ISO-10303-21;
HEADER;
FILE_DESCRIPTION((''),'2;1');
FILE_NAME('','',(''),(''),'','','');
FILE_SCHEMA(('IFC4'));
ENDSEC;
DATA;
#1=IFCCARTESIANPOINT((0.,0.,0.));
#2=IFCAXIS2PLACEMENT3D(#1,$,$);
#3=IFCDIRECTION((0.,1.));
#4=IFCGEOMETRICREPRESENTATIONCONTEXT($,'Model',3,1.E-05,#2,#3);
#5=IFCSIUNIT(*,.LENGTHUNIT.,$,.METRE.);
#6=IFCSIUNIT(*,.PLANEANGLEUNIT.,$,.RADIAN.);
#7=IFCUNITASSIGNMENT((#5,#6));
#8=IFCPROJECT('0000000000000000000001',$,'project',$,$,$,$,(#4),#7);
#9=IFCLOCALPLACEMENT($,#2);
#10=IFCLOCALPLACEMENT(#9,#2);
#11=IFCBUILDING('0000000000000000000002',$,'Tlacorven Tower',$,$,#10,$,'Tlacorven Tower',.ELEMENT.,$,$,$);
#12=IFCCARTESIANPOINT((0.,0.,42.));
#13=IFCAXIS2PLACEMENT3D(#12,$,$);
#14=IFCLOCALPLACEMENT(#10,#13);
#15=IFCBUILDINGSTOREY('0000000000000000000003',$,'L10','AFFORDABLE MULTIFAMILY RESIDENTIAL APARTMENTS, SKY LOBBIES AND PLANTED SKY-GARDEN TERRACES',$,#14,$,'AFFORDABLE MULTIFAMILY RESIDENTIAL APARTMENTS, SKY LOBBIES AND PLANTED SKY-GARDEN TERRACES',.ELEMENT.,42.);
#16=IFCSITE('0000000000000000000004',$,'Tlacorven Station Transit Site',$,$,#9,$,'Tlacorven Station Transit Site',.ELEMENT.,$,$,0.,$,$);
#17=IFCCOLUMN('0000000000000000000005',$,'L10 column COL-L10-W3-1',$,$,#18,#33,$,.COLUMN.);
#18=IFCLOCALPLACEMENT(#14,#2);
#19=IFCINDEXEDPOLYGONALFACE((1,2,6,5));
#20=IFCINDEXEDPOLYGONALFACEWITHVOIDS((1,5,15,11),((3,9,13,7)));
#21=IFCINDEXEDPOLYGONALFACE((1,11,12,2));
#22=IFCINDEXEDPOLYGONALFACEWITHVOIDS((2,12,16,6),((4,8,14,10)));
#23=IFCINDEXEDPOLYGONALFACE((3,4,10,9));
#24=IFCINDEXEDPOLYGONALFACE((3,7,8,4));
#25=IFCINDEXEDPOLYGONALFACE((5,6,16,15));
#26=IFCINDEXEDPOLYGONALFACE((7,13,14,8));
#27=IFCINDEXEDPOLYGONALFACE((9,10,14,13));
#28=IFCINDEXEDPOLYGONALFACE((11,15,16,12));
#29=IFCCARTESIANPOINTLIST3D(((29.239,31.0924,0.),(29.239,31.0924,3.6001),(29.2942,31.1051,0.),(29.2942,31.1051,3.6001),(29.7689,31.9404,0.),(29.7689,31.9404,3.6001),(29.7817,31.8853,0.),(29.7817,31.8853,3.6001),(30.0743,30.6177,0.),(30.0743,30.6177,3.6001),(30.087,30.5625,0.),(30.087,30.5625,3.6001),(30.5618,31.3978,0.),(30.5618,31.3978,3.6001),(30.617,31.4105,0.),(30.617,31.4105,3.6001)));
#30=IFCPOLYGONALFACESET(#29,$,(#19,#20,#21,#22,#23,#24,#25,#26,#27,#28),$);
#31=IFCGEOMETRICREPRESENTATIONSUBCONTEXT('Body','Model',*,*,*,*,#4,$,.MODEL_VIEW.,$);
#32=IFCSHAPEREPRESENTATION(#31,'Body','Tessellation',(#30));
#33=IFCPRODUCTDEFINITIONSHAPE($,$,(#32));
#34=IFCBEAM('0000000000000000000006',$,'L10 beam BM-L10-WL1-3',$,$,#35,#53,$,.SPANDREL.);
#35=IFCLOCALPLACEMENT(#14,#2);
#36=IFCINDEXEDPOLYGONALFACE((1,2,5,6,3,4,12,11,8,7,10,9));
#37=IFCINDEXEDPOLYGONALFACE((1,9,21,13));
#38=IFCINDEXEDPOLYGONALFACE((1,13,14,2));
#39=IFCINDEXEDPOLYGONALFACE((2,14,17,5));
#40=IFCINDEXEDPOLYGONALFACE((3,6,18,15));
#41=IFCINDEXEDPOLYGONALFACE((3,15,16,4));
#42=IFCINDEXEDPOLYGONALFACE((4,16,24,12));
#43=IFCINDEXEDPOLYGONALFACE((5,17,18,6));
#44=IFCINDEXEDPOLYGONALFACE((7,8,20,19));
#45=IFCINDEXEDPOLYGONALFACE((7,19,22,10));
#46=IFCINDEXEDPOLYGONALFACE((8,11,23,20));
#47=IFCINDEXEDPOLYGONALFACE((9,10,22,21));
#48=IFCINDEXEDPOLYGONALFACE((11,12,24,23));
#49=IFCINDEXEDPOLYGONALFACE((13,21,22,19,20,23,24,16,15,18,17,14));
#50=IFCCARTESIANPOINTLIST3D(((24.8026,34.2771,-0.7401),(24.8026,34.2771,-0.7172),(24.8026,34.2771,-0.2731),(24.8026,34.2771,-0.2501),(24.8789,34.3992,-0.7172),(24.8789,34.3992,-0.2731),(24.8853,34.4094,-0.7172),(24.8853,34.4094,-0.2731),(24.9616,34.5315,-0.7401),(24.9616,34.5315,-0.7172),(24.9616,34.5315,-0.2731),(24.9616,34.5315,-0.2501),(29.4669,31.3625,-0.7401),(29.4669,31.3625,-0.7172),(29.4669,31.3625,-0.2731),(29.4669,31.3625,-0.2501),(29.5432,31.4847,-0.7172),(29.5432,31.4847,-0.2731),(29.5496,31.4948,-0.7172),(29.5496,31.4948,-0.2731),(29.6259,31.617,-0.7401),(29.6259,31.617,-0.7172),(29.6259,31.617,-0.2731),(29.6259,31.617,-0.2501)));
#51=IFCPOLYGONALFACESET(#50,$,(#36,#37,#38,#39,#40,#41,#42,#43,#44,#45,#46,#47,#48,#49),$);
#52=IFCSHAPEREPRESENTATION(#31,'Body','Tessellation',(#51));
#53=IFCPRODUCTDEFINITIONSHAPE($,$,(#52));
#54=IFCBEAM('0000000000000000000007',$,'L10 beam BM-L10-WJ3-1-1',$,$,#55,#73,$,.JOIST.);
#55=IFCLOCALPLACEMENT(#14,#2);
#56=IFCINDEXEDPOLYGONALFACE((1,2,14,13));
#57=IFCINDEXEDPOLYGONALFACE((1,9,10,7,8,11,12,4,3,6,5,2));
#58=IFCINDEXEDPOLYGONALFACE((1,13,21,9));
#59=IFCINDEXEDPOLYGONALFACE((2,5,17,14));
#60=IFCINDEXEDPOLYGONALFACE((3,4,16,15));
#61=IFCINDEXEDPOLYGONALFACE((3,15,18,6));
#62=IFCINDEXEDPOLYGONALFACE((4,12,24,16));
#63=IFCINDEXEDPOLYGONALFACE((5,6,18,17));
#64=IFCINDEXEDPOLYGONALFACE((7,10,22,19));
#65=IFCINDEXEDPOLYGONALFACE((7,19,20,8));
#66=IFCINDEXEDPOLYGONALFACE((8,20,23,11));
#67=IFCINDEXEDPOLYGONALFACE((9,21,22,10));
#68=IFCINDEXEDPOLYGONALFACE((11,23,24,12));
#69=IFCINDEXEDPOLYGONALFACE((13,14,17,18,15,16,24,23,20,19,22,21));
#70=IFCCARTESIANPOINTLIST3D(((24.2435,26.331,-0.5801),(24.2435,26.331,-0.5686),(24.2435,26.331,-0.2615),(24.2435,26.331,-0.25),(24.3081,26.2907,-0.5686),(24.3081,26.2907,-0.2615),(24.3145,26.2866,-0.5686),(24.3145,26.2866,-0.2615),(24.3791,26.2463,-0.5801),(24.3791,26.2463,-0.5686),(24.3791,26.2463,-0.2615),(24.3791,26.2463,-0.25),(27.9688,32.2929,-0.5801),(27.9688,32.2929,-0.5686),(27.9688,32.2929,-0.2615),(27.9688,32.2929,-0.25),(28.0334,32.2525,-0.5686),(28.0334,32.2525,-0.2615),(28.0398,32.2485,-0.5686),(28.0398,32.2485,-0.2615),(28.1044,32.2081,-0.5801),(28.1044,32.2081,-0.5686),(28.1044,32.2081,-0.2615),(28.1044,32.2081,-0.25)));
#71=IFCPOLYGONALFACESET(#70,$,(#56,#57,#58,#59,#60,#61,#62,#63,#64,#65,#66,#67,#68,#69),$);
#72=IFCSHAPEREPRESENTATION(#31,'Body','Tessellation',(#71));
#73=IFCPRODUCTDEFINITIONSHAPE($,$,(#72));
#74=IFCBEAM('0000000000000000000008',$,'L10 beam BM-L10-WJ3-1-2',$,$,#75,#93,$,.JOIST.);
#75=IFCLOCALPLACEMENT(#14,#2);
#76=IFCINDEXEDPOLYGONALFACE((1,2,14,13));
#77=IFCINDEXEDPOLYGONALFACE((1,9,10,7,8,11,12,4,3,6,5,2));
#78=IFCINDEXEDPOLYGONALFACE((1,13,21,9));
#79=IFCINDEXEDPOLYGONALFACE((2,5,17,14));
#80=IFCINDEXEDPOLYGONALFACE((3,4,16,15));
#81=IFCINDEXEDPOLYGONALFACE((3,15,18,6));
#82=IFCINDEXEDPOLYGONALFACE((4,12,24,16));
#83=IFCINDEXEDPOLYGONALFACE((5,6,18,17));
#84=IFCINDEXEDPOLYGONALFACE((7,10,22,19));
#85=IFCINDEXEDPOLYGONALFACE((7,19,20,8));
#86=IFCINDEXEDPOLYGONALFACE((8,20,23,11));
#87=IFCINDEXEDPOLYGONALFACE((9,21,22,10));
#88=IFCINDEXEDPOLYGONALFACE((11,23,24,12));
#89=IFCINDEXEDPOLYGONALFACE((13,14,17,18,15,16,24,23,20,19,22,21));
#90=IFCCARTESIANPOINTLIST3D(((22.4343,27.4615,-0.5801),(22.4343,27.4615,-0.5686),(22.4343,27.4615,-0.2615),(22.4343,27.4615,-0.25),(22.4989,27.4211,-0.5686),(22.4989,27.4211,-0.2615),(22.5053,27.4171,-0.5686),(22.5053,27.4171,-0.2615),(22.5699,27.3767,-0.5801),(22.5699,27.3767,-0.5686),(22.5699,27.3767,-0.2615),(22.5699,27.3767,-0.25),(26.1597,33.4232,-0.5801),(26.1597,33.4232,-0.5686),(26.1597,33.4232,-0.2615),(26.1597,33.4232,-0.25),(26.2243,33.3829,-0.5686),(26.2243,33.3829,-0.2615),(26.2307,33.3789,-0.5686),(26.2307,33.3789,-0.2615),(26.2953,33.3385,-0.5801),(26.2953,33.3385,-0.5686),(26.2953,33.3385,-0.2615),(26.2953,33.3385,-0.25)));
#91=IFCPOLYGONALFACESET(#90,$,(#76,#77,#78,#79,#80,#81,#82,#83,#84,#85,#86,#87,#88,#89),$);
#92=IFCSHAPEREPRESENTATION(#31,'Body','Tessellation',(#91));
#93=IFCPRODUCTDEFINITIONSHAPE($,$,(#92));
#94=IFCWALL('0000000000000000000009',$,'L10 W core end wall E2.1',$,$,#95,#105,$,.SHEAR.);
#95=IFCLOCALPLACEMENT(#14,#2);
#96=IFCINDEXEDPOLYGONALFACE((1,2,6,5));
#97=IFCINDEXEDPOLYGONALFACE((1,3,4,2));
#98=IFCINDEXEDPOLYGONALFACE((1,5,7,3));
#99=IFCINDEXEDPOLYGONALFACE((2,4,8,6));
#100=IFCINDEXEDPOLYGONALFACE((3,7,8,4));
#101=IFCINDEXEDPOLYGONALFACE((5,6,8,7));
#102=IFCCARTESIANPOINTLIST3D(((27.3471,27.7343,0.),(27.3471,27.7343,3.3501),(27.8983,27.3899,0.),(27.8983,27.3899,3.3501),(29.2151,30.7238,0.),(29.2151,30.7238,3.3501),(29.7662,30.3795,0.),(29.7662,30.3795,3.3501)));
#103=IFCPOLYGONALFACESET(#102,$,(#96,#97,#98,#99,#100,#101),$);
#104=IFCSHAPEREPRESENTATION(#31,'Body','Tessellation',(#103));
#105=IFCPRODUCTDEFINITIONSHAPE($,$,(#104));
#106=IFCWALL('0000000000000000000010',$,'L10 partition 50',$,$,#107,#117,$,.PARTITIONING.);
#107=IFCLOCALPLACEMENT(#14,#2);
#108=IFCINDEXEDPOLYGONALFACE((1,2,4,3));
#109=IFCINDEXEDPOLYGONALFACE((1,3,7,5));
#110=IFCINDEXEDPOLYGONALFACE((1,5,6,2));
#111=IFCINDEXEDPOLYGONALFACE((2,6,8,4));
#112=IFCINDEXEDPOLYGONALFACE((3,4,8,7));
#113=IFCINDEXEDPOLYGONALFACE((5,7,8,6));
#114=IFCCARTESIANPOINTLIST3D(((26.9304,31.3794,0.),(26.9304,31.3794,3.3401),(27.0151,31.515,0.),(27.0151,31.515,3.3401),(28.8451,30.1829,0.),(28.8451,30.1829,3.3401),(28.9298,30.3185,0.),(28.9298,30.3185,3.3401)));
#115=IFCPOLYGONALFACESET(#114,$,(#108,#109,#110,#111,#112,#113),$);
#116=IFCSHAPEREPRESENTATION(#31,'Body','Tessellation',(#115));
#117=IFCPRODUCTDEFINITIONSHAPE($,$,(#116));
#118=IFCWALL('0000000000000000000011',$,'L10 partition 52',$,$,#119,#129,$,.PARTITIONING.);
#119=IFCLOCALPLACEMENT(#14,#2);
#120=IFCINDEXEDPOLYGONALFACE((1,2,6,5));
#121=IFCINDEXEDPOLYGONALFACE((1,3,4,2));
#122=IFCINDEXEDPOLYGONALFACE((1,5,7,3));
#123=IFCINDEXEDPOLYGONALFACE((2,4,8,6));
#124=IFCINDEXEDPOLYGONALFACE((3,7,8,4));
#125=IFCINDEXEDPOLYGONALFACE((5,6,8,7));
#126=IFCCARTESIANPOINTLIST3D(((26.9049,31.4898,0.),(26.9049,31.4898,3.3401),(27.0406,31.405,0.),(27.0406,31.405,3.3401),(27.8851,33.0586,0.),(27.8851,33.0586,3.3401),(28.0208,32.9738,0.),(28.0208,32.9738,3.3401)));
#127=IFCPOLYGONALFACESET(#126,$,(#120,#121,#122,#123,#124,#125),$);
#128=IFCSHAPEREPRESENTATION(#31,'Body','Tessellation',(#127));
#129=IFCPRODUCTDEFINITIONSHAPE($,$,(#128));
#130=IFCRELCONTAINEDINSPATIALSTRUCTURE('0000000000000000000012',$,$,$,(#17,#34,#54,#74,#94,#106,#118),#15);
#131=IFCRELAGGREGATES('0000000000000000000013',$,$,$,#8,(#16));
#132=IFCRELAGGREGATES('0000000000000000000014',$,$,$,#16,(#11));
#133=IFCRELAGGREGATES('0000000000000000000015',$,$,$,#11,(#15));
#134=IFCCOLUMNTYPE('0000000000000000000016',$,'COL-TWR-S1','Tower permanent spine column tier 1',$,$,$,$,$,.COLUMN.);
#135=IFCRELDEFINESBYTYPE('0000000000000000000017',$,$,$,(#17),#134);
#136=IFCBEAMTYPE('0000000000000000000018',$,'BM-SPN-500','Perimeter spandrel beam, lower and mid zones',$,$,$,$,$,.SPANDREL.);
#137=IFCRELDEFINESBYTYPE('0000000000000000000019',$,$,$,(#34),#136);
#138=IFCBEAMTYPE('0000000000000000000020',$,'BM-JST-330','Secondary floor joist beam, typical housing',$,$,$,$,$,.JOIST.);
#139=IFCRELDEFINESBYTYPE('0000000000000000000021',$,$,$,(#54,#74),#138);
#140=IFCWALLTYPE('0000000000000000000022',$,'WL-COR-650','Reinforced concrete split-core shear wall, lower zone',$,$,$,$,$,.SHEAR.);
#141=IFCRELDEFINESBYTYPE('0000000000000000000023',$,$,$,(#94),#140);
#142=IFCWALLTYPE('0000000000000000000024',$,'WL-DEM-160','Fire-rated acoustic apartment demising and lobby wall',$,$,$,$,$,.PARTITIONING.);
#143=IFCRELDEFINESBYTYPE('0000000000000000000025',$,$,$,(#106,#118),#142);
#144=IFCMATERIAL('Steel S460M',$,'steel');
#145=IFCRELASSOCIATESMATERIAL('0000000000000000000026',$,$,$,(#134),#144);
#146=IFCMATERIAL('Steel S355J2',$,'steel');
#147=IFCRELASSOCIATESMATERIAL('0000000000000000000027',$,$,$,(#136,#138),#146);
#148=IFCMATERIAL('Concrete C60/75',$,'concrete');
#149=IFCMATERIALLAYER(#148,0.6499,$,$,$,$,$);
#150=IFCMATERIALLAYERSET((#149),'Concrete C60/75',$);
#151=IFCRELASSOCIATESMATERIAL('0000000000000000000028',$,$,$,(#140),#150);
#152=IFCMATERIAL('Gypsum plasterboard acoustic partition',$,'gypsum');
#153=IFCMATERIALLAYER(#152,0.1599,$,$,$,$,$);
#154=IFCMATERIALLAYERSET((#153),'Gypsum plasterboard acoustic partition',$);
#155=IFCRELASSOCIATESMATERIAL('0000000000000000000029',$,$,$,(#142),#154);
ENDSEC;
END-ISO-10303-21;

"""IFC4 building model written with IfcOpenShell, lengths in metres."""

from ifc_helpers import new_model, si_unit, direction, frame, frame_2d, origin, origin_2d, place, context, subcontext, project, spatial, rectangle, hollow_rectangle, i_section, extrude, source, transform, mapped, material, layer, layer_set, material_profile, profile_set, type_object, element, save


model = new_model("IFC4")

# Units and contexts
model_context = context("Model", 3, precision=1e-05, world=origin(), true_north=direction((0.0, 1.0)))
body_context = subcontext(model_context, "Body", "Model", "MODEL_VIEW")
ifc_project = project(units=[si_unit("LENGTHUNIT", "METRE"), si_unit("PLANEANGLEUNIT", "RADIAN")], contexts=[model_context])

# Site, building, storey
site_placement = place(None, origin())
site = spatial("IfcSite", under=ifc_project, at=site_placement, Name="Tlacorven Station Transit Site", LongName="Tlacorven Station Transit Site", CompositionType="ELEMENT", RefElevation=0.0)
building_placement = place(site_placement, origin())
building = spatial("IfcBuilding", under=site, at=building_placement, Name="Tlacorven Tower", LongName="Tlacorven Tower", CompositionType="ELEMENT")
storey_placement = place(building_placement, frame((0.0, 0.0, 42.0)))
storey = spatial("IfcBuildingStorey", under=building, at=storey_placement, Name="L10", Description="AFFORDABLE MULTIFAMILY RESIDENTIAL APARTMENTS, SKY LOBBIES AND PLANTED SKY-GARDEN TERRACES", LongName="AFFORDABLE MULTIFAMILY RESIDENTIAL APARTMENTS, SKY LOBBIES AND PLANTED SKY-GARDEN TERRACES", CompositionType="ELEMENT", Elevation=42.0)

# Column
ifc_material_1 = material(Name="Steel S460M", Category="steel")
ifc_material_profile_1 = material_profile(ifc_material_1, hollow_rectangle(XDim=1.0, YDim=1.0, WallThickness=0.04, at=origin_2d()), Name="BOX 1000X1000X40")
ifc_profile_set_1 = profile_set([ifc_material_profile_1], Name="Steel S460M")
column_type = type_object("IfcColumnType", Name="COL-TWR-S1", Description="Tower permanent spine column tier 1", PredefinedType="COLUMN", material=ifc_profile_set_1)
shared_shape_1 = source(origin(), body_context, "Body", "SweptSolid", [
    extrude(hollow_rectangle(XDim=1.0, YDim=1.0, WallThickness=0.04, at=origin_2d()), origin(), (0.0, 0.0, 1.0), 3.6001),
])
column_placement = place(storey_placement, frame((29.928, 31.2515, 0.0), z_axis=(0.0, 0.0, 1.0), x_axis=(-0.848048, 0.529919, 0.0)))
element("IfcColumn", 1, at=column_placement, inside=storey, type_object=column_type, Name="L10 column COL-L10-W3-1", PredefinedType="COLUMN", context=body_context, shape_type="MappedRepresentation", body=[
    mapped(shared_shape_1, transform((0.0, 0.0, 0.0), scale=1.0)),
])

# Beams
ifc_material_2 = material(Name="Steel S355J2", Category="steel")
ifc_material_profile_2 = material_profile(ifc_material_2, i_section(OverallWidth=0.3, OverallDepth=0.49, WebThickness=0.012, FlangeThickness=0.0229, at=origin_2d()), Name="HEA 500")
ifc_profile_set_2 = profile_set([ifc_material_profile_2], Name="Steel S355J2")
beam_type_1 = type_object("IfcBeamType", Name="BM-SPN-500", Description="Perimeter spandrel beam, lower and mid zones", PredefinedType="SPANDREL", material=ifc_profile_set_2)
shared_shape_2 = source(origin(), body_context, "Body", "SweptSolid", [
    extrude(i_section(OverallWidth=0.3, OverallDepth=0.49, WebThickness=0.012, FlangeThickness=0.0229, at=origin_2d()), origin(), (0.0, 0.0, 1.0), 5.5),
])
beam_placement = place(storey_placement, frame((29.5464, 31.4897, -0.4951), z_axis=(-0.848051, 0.529915, 0.0), x_axis=(-0.529915, -0.848051, 0.0)))
element("IfcBeam", 2, at=beam_placement, inside=storey, type_object=beam_type_1, Name="L10 beam BM-L10-WL1-3", PredefinedType="SPANDREL", context=body_context, shape_type="MappedRepresentation", body=[
    mapped(shared_shape_2, transform((0.0, 0.0, 0.0), scale=1.0)),
])
ifc_material_profile_3 = material_profile(ifc_material_2, i_section(OverallWidth=0.1599, OverallDepth=0.3301, WebThickness=0.0076, FlangeThickness=0.0115, at=origin_2d()), Name="IPE 330")
ifc_profile_set_3 = profile_set([ifc_material_profile_3], Name="Steel S355J2")
beam_type_2 = type_object("IfcBeamType", Name="BM-JST-330", Description="Secondary floor joist beam, typical housing", PredefinedType="JOIST", material=ifc_profile_set_3)
shared_shape_3 = source(origin(), body_context, "Body", "SweptSolid", [
    extrude(i_section(OverallWidth=0.1599, OverallDepth=0.3301, WebThickness=0.0076, FlangeThickness=0.0115, at=origin_2d()), origin(), (0.0, 0.0, 1.0), 7.03),
])
for number, where, z_axis, x_axis, name in (
    (3, (28.0366, 32.2505, -0.415), (-0.529912, -0.848053, 0.0), (0.848053, -0.529912, 0.0), "L10 beam BM-L10-WJ3-1-1"),
    (4, (26.2275, 33.3809, -0.415), (-0.529927, -0.848043, 0.0), (0.848043, -0.529927, 0.0), "L10 beam BM-L10-WJ3-1-2"),
):
    element("IfcBeam", number, at=place(storey_placement, frame(where, z_axis=z_axis, x_axis=x_axis)), inside=storey, type_object=beam_type_2, Name=name, PredefinedType="JOIST", context=body_context, shape_type="MappedRepresentation", body=[
        mapped(shared_shape_3, transform((0.0, 0.0, 0.0), scale=1.0)),
    ])

# Walls
ifc_material_3 = material(Name="Concrete C60/75", Category="concrete")
ifc_layer_1 = layer(ifc_material_3, 0.6499)
ifc_layer_set_1 = layer_set([ifc_layer_1], Name="Concrete C60/75")
wall_type_1 = type_object("IfcWallType", Name="WL-COR-650", Description="Reinforced concrete split-core shear wall, lower zone", PredefinedType="SHEAR", material=ifc_layer_set_1)
wall_1_placement = place(storey_placement, frame((29.4907, 30.5518, 0.0), z_axis=(0.0, 0.0, 1.0), x_axis=(-0.529893, -0.848064, 0.0)))
element("IfcWall", 5, at=wall_1_placement, inside=storey, type_object=wall_type_1, Name="L10 W core end wall E2.1", PredefinedType="SHEAR", context=body_context, shape_type="SweptSolid", body=[
    extrude(rectangle(XDim=3.5251, YDim=0.6499, at=frame_2d((1.7627, 0.0))), origin(), (0.0, 0.0, 1.0), 3.3501),
])
ifc_material_4 = material(Name="Gypsum plasterboard acoustic partition", Category="gypsum")
ifc_layer_2 = layer(ifc_material_4, 0.1599)
ifc_layer_set_2 = layer_set([ifc_layer_2], Name="Gypsum plasterboard acoustic partition")
wall_type_2 = type_object("IfcWallType", Name="WL-DEM-160", Description="Fire-rated acoustic apartment demising and lobby wall", PredefinedType="PARTITIONING", material=ifc_layer_set_2)
wall_2_placement = place(storey_placement, frame((28.8875, 30.2507, 0.0), z_axis=(0.0, 0.0, 1.0), x_axis=(-0.848041, 0.529931, 0.0)))
element("IfcWall", 6, at=wall_2_placement, inside=storey, type_object=wall_type_2, Name="L10 partition 50", PredefinedType="PARTITIONING", context=body_context, shape_type="SweptSolid", body=[
    extrude(rectangle(XDim=2.2578, YDim=0.1599, at=frame_2d((1.1289, 0.0))), origin(), (0.0, 0.0, 1.0), 3.3401),
])
wall_3_placement = place(storey_placement, frame((27.9529, 33.0161, 0.0), z_axis=(0.0, 0.0, 1.0), x_axis=(-0.52988, -0.848072, 0.0)))
element("IfcWall", 7, at=wall_3_placement, inside=storey, type_object=wall_type_2, Name="L10 partition 52", PredefinedType="PARTITIONING", context=body_context, shape_type="SweptSolid", body=[
    extrude(rectangle(XDim=1.8499, YDim=0.1599, at=frame_2d((0.9248, 0.0))), origin(), (0.0, 0.0, 1.0), 3.3401),
])

save(model, "model.ifc")
